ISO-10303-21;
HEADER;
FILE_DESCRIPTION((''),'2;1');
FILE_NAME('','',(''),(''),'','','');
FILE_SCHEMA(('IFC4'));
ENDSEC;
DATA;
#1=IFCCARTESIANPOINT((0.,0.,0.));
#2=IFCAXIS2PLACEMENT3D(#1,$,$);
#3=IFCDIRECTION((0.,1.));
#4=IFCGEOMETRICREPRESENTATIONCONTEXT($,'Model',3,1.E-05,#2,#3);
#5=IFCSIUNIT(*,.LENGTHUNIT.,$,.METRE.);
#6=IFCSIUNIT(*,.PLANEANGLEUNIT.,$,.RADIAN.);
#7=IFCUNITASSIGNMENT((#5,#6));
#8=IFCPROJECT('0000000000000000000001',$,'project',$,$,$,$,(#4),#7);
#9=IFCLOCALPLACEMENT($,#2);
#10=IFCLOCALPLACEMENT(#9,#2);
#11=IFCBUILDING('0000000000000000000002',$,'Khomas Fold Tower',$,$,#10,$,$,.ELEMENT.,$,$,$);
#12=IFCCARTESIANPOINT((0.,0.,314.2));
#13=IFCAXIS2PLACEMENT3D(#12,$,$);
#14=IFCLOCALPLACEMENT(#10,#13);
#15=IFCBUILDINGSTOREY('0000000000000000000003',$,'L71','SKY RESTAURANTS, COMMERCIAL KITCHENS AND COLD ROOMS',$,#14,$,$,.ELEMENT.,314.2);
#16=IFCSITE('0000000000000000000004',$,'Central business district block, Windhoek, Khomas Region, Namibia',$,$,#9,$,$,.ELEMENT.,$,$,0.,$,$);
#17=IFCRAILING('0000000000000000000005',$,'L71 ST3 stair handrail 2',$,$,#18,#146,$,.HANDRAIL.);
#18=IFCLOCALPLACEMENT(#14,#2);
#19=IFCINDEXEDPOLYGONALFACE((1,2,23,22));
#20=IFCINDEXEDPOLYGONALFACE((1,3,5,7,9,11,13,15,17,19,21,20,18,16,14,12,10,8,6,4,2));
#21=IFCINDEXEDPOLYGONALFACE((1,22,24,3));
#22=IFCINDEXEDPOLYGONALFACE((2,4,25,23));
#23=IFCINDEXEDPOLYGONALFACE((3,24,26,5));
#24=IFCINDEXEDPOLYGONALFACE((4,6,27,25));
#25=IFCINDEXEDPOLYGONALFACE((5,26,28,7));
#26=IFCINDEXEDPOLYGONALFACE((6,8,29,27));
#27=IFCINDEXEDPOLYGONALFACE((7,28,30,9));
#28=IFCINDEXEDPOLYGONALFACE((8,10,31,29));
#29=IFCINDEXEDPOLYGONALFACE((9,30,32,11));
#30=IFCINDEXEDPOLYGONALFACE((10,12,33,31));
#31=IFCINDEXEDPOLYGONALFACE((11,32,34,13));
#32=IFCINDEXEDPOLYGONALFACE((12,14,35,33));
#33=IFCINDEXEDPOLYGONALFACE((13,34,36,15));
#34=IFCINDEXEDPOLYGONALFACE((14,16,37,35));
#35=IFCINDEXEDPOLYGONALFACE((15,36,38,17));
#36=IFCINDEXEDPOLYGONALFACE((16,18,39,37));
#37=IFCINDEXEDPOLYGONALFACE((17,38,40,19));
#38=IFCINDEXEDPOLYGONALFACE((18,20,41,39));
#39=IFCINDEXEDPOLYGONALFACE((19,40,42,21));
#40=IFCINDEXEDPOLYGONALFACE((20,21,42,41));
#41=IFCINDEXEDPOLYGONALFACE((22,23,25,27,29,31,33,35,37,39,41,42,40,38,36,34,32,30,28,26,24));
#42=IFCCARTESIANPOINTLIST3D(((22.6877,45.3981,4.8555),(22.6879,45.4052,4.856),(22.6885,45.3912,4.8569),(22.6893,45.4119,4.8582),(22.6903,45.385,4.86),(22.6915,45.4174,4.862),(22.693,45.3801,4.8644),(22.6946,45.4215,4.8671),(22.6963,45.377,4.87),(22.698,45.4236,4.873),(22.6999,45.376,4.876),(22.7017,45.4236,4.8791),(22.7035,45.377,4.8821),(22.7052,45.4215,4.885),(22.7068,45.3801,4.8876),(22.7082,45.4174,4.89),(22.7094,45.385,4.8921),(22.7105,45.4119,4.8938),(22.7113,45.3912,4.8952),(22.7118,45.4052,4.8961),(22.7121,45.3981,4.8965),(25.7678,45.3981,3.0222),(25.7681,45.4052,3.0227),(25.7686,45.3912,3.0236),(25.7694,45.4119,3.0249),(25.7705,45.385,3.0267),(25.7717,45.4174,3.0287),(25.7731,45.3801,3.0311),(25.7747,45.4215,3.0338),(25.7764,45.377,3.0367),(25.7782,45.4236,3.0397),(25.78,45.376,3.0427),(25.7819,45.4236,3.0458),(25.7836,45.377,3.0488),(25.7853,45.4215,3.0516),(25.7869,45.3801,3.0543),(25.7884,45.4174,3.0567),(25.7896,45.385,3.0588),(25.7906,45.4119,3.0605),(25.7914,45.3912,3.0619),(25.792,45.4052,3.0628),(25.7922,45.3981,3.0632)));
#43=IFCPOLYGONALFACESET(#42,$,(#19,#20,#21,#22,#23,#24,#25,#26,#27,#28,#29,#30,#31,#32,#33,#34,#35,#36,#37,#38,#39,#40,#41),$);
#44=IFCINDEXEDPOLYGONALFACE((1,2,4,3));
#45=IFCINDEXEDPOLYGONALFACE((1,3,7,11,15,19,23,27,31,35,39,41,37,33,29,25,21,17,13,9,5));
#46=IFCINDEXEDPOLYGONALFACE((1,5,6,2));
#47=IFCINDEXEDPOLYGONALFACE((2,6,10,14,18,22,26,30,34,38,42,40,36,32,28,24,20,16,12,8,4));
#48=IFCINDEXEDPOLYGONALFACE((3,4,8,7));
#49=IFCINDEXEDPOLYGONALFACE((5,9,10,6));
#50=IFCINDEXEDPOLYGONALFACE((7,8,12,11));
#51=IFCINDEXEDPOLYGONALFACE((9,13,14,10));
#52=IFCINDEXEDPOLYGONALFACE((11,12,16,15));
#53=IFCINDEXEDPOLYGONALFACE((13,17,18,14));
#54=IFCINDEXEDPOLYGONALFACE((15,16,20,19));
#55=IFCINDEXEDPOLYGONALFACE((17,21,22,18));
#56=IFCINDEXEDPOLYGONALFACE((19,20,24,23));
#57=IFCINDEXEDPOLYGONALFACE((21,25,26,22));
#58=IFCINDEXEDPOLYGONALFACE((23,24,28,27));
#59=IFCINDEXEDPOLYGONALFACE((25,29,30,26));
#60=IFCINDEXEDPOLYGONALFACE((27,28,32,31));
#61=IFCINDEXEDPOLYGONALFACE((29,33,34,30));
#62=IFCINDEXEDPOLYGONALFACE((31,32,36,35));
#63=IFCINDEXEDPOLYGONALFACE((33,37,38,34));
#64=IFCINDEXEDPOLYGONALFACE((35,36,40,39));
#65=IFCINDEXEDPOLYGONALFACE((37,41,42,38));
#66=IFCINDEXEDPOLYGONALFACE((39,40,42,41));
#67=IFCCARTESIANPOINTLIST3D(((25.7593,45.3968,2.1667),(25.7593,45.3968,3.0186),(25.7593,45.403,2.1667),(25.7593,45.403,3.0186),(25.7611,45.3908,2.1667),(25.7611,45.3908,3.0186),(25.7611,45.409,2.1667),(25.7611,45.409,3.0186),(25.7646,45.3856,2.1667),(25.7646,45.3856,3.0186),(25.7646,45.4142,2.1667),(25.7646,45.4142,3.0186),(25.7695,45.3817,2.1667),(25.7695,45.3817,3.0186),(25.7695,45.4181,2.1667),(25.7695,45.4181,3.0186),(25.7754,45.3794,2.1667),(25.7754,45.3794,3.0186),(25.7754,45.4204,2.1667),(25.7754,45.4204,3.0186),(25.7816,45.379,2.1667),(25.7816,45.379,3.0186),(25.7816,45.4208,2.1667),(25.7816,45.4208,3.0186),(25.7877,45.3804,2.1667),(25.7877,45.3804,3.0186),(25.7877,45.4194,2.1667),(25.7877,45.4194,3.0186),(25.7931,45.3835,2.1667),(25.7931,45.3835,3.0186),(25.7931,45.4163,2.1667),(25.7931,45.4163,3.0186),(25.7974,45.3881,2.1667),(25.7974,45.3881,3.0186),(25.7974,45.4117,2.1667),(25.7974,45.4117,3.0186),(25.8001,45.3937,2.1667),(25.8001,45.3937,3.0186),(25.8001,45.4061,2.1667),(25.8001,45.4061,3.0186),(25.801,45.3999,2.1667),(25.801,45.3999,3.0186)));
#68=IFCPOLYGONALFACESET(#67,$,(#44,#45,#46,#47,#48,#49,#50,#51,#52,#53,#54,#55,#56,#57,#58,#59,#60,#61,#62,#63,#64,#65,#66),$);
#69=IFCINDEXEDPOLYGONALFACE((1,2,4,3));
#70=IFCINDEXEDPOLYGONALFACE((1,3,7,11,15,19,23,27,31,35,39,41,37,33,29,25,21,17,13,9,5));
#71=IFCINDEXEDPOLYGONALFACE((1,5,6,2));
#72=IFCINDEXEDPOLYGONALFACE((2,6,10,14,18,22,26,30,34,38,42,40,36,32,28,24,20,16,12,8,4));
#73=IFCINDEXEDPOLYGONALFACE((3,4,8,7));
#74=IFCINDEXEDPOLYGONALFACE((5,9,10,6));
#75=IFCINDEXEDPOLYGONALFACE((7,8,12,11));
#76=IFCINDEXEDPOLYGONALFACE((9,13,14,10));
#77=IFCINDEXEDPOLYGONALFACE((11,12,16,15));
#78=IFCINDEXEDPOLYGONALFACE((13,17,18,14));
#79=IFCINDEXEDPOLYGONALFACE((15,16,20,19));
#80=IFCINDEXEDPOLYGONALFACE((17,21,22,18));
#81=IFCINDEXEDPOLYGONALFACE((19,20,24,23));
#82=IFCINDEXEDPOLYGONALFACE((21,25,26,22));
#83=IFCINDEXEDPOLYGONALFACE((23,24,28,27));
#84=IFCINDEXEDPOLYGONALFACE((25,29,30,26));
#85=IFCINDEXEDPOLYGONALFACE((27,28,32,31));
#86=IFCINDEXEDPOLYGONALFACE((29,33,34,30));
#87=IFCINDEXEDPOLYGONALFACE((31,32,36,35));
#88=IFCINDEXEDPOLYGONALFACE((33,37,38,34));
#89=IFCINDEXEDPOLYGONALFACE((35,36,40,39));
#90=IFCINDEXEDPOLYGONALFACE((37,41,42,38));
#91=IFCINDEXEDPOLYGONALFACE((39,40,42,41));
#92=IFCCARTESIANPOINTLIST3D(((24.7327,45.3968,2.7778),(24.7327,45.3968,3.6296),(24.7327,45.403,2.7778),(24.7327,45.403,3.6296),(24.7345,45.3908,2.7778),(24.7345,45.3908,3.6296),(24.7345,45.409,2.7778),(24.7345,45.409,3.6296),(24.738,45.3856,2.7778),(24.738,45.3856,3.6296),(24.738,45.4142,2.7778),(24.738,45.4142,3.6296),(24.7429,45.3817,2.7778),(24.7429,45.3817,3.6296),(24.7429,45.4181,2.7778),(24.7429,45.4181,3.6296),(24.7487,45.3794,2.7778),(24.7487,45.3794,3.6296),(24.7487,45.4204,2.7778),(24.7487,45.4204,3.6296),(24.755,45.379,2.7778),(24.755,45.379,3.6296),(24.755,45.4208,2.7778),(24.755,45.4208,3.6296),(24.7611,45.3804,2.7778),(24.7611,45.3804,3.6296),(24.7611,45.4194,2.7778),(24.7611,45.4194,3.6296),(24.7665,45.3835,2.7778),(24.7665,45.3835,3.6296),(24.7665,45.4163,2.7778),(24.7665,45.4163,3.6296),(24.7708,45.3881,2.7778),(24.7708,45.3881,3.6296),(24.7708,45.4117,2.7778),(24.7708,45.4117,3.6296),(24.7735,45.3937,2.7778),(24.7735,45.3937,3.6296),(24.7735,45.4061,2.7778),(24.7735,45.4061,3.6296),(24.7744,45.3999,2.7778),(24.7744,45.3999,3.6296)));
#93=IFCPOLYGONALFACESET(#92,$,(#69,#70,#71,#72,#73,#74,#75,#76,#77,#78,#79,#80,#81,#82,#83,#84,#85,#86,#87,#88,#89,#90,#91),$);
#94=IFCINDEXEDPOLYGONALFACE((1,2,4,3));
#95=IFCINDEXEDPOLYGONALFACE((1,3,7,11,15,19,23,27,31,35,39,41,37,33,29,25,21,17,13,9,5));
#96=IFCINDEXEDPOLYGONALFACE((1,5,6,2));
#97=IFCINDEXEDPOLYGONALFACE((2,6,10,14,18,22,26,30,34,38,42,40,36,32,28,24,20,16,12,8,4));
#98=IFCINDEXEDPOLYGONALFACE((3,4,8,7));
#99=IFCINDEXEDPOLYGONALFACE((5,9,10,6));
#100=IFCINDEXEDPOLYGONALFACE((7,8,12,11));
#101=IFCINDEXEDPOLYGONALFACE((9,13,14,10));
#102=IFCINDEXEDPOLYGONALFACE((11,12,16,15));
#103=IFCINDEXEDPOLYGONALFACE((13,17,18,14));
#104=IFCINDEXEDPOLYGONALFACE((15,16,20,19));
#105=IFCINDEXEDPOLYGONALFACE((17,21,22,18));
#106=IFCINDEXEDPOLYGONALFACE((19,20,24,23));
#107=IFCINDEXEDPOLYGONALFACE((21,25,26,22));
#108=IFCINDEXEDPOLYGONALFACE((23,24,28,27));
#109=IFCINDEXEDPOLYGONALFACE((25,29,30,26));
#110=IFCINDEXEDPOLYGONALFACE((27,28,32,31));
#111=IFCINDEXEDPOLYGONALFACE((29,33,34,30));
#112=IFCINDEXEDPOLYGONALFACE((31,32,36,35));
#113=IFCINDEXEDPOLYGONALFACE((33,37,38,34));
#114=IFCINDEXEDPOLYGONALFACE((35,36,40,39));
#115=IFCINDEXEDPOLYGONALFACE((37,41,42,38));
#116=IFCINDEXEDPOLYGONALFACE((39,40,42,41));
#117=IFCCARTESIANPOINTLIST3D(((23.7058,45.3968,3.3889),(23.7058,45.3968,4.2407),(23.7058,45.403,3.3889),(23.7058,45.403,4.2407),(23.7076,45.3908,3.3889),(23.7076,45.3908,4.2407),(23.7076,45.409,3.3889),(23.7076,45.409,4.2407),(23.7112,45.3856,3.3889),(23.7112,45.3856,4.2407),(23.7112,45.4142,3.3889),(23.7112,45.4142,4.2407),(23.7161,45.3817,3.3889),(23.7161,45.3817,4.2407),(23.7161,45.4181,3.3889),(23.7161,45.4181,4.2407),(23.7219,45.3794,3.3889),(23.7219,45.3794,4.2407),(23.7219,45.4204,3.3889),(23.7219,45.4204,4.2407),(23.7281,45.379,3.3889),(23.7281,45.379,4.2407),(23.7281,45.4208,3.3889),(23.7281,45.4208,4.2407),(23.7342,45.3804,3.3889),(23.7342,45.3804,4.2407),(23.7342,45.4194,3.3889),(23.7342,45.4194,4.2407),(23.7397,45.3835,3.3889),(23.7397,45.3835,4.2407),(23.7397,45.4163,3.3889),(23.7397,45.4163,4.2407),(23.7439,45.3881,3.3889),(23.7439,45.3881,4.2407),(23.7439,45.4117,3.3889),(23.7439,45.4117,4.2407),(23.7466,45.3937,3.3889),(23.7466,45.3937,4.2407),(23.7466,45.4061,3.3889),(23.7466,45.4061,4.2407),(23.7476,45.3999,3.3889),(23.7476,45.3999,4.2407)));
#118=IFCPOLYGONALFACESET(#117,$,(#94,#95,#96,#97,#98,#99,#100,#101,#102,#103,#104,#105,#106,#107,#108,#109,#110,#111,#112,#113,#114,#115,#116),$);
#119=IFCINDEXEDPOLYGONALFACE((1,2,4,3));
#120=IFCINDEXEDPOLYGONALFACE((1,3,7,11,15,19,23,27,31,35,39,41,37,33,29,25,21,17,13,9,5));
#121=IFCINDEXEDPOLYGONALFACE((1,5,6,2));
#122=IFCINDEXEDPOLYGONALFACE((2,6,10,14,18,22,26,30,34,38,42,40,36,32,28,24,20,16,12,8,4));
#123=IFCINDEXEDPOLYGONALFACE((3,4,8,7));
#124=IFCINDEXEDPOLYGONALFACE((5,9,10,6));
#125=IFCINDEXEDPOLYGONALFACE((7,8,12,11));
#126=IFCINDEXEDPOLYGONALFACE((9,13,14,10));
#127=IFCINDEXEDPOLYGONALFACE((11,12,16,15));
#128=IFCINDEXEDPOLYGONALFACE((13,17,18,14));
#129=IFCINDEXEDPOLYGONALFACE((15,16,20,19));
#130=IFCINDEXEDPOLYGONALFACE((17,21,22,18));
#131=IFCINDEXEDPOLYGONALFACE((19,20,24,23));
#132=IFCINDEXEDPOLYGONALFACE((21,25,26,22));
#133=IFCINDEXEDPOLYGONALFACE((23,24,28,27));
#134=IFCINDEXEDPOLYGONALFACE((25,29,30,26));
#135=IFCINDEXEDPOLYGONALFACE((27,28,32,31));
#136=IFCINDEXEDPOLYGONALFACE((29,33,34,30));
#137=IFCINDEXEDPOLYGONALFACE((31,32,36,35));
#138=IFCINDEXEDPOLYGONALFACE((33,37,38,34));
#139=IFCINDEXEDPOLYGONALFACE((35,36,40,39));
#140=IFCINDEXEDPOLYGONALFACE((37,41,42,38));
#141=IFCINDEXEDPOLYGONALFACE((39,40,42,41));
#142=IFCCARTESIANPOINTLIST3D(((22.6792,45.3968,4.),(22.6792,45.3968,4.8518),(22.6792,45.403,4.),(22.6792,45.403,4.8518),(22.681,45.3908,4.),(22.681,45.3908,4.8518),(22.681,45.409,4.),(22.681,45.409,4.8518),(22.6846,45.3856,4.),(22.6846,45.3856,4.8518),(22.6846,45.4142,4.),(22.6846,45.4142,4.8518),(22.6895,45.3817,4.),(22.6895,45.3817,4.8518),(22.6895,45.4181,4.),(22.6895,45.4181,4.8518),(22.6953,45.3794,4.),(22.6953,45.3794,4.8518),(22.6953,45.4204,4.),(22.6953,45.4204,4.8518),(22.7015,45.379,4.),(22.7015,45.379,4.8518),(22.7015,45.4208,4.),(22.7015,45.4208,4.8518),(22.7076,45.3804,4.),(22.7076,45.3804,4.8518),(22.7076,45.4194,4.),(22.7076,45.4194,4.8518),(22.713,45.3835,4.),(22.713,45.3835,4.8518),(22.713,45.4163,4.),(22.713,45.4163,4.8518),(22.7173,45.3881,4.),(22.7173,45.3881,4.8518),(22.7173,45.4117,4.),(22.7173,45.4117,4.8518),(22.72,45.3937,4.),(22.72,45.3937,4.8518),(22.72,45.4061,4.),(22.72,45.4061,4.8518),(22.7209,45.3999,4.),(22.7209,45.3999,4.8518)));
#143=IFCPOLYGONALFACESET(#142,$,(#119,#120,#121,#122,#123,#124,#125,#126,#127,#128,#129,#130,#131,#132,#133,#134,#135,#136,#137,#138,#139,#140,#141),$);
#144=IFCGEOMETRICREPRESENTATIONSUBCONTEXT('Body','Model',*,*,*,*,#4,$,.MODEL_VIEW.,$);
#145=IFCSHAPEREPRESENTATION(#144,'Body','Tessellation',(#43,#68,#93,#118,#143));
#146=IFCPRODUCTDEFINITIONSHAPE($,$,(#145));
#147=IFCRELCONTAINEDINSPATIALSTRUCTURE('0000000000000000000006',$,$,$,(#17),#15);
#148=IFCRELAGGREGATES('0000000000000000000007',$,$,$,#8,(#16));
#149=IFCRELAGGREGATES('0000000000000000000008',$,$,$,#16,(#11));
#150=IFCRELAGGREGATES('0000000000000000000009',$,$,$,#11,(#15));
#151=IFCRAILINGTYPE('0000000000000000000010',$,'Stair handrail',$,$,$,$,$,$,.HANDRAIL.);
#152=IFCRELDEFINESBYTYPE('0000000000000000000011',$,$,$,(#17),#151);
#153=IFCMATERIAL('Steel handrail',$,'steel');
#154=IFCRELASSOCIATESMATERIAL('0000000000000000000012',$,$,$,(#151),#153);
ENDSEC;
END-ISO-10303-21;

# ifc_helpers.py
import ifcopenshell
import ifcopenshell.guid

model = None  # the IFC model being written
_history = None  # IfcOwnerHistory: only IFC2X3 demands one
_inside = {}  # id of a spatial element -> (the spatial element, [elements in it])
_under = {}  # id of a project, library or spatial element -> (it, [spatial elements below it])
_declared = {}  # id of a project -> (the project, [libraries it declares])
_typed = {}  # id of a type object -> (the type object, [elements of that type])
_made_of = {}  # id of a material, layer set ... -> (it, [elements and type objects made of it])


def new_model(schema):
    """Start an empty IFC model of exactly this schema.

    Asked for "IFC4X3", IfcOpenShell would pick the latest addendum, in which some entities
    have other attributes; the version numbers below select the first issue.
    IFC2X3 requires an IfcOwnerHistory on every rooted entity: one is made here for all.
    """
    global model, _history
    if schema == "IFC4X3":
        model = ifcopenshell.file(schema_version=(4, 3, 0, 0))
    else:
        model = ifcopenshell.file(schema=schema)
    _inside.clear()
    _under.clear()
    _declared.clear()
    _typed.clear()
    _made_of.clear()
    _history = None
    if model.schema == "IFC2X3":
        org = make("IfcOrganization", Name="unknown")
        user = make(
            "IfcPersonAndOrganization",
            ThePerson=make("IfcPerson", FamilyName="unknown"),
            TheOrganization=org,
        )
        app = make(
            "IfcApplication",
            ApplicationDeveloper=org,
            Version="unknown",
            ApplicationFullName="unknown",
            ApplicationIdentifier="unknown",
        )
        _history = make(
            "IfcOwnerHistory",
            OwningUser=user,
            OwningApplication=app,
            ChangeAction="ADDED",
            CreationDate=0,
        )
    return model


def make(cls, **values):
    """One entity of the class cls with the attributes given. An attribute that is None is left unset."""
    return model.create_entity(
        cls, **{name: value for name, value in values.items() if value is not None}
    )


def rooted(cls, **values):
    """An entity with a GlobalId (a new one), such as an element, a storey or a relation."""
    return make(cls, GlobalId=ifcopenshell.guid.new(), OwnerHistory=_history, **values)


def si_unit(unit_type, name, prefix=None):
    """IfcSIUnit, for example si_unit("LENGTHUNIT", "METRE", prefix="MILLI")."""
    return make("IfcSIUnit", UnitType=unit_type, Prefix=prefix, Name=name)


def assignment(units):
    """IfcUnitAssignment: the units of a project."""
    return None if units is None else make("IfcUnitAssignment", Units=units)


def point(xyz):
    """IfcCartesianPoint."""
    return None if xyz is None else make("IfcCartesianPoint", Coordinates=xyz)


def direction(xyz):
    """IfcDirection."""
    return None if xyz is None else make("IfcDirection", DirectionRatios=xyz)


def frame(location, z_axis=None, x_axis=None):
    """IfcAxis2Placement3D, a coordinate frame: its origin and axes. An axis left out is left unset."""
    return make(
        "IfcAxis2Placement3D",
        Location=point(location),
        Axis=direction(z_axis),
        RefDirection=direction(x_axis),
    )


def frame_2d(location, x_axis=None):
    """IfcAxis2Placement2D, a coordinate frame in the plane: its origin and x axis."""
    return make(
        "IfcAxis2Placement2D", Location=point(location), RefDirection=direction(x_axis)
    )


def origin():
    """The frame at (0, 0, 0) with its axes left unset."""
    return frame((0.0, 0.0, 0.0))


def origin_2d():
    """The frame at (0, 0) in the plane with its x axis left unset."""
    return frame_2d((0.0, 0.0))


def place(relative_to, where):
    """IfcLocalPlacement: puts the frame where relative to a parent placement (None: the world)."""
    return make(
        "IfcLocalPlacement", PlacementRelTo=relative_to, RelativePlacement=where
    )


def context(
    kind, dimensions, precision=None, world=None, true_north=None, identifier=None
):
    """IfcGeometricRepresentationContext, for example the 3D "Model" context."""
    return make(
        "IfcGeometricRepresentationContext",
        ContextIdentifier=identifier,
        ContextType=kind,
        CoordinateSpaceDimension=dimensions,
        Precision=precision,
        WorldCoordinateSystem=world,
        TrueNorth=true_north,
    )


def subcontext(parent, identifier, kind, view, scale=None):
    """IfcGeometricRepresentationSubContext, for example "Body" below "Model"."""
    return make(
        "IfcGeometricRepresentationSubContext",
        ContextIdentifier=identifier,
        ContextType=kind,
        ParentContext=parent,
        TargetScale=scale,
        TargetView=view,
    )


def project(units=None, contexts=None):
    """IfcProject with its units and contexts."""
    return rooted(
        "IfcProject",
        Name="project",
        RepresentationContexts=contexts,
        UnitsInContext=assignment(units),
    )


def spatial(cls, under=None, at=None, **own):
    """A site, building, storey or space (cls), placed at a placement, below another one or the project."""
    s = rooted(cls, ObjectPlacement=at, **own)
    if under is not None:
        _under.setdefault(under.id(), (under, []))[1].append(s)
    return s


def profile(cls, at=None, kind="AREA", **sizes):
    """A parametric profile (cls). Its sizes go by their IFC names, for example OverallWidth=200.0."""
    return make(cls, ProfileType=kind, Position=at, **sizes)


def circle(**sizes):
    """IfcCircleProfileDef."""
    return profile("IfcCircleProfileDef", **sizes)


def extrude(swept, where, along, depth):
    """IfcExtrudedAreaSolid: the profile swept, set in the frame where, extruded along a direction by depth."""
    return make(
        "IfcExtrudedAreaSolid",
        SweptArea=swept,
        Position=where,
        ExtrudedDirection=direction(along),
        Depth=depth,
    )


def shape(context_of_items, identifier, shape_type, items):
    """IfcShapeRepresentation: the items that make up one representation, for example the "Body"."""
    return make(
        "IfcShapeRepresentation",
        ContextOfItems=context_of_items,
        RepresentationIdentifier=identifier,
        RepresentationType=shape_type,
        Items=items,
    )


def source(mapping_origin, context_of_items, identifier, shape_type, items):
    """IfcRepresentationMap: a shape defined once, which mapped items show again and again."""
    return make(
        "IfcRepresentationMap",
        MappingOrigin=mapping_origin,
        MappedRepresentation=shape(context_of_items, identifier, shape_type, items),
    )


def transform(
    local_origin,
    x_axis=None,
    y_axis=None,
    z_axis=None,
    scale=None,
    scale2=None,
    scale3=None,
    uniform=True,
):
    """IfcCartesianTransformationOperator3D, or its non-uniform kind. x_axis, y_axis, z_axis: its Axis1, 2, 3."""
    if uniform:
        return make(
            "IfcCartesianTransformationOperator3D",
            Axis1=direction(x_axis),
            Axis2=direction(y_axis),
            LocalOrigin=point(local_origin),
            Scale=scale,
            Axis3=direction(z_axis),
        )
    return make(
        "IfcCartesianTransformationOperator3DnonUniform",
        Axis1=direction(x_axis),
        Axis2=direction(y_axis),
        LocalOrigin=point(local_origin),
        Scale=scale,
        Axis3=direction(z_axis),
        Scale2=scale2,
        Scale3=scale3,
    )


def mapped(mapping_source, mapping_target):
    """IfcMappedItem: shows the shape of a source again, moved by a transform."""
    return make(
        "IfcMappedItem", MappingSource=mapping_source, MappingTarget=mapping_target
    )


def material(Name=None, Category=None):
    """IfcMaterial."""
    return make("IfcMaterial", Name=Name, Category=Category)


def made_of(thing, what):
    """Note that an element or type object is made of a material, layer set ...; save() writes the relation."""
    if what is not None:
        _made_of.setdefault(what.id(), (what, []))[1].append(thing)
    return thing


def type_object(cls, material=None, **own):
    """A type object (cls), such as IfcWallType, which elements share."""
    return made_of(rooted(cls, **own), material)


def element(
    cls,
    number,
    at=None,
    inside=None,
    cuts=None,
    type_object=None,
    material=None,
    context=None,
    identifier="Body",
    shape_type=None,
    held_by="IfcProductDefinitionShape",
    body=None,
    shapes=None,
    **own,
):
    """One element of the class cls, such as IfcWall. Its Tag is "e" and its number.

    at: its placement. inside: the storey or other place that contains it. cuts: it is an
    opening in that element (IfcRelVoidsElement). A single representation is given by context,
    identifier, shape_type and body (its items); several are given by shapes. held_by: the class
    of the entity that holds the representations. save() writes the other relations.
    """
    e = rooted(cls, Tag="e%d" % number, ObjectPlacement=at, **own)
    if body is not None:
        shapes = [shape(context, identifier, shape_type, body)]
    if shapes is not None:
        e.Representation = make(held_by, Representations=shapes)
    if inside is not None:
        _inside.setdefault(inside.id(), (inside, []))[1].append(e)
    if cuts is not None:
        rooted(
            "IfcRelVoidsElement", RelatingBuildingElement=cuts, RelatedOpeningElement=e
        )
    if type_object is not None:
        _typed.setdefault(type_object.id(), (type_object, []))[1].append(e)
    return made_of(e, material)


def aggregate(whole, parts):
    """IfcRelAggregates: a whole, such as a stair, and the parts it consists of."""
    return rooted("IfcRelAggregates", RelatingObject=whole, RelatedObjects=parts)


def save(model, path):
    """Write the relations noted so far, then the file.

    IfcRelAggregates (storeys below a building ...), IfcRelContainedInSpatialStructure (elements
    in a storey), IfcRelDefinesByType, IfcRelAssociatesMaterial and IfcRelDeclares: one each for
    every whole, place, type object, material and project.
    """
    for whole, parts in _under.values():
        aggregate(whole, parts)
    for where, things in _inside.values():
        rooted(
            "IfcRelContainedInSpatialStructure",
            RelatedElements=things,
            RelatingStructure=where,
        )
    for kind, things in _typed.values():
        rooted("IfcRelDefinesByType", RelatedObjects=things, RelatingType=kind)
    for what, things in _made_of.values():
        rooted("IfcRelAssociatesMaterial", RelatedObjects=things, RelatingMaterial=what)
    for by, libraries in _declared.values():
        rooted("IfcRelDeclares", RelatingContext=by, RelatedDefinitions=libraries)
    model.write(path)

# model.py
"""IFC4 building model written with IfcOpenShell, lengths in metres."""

from ifc_helpers import new_model, si_unit, direction, frame, origin, origin_2d, place, context, subcontext, project, spatial, circle, extrude, source, transform, mapped, material, type_object, element, save


model = new_model("IFC4")

# Units and contexts
model_context = context("Model", 3, precision=1e-05, world=origin(), true_north=direction((0.0, 1.0)))
body_context = subcontext(model_context, "Body", "Model", "MODEL_VIEW")
ifc_project = project(units=[si_unit("LENGTHUNIT", "METRE"), si_unit("PLANEANGLEUNIT", "RADIAN")], contexts=[model_context])

# Site, building, storey
site_placement = place(None, origin())
site = spatial("IfcSite", under=ifc_project, at=site_placement, Name="Central business district block, Windhoek, Khomas Region, Namibia", CompositionType="ELEMENT", RefElevation=0.0)
building_placement = place(site_placement, origin())
building = spatial("IfcBuilding", under=site, at=building_placement, Name="Khomas Fold Tower", CompositionType="ELEMENT")
storey_placement = place(building_placement, frame((0.0, 0.0, 314.2)))
storey = spatial("IfcBuildingStorey", under=building, at=storey_placement, Name="L71", Description="SKY RESTAURANTS, COMMERCIAL KITCHENS AND COLD ROOMS", CompositionType="ELEMENT", Elevation=314.2)

# Railing
ifc_material_1 = material(Name="Steel handrail", Category="steel")
railing_type_1 = type_object("IfcRailingType", Name="Stair handrail", PredefinedType="HANDRAIL", material=ifc_material_1)
shared_shape_1 = source(origin(), body_context, "Body", "SweptSolid", [
    extrude(circle(Radius=0.0239, at=origin_2d()), frame((0.0, 0.0, 0.876), z_axis=(-0.859309, 0.0, 0.511458), x_axis=(0.0, -1.0, 0.0)), (0.0, 0.0, 1.0), 3.5845),
    extrude(circle(Radius=0.021, at=origin_2d()), origin(), (0.0, 0.0, 1.0), 0.8518),
    extrude(circle(Radius=0.021, at=origin_2d()), frame((-1.0266, 0.0, 0.6111)), (0.0, 0.0, 1.0), 0.8518),
    extrude(circle(Radius=0.021, at=origin_2d()), frame((-2.0535, 0.0, 1.2222)), (0.0, 0.0, 1.0), 0.8518),
    extrude(circle(Radius=0.021, at=origin_2d()), frame((-3.0801, 0.0, 1.8333)), (0.0, 0.0, 1.0), 0.8518),
])
railing_1_placement = place(storey_placement, frame((25.78, 45.3999, 2.1667)))
element("IfcRailing", 1, at=railing_1_placement, inside=storey, type_object=railing_type_1, Name="L71 ST3 stair handrail 2", PredefinedType="HANDRAIL", context=body_context, shape_type="MappedRepresentation", body=[
    mapped(shared_shape_1, transform((0.0, 0.0, 0.0))),
])

save(model, "model.ifc")
